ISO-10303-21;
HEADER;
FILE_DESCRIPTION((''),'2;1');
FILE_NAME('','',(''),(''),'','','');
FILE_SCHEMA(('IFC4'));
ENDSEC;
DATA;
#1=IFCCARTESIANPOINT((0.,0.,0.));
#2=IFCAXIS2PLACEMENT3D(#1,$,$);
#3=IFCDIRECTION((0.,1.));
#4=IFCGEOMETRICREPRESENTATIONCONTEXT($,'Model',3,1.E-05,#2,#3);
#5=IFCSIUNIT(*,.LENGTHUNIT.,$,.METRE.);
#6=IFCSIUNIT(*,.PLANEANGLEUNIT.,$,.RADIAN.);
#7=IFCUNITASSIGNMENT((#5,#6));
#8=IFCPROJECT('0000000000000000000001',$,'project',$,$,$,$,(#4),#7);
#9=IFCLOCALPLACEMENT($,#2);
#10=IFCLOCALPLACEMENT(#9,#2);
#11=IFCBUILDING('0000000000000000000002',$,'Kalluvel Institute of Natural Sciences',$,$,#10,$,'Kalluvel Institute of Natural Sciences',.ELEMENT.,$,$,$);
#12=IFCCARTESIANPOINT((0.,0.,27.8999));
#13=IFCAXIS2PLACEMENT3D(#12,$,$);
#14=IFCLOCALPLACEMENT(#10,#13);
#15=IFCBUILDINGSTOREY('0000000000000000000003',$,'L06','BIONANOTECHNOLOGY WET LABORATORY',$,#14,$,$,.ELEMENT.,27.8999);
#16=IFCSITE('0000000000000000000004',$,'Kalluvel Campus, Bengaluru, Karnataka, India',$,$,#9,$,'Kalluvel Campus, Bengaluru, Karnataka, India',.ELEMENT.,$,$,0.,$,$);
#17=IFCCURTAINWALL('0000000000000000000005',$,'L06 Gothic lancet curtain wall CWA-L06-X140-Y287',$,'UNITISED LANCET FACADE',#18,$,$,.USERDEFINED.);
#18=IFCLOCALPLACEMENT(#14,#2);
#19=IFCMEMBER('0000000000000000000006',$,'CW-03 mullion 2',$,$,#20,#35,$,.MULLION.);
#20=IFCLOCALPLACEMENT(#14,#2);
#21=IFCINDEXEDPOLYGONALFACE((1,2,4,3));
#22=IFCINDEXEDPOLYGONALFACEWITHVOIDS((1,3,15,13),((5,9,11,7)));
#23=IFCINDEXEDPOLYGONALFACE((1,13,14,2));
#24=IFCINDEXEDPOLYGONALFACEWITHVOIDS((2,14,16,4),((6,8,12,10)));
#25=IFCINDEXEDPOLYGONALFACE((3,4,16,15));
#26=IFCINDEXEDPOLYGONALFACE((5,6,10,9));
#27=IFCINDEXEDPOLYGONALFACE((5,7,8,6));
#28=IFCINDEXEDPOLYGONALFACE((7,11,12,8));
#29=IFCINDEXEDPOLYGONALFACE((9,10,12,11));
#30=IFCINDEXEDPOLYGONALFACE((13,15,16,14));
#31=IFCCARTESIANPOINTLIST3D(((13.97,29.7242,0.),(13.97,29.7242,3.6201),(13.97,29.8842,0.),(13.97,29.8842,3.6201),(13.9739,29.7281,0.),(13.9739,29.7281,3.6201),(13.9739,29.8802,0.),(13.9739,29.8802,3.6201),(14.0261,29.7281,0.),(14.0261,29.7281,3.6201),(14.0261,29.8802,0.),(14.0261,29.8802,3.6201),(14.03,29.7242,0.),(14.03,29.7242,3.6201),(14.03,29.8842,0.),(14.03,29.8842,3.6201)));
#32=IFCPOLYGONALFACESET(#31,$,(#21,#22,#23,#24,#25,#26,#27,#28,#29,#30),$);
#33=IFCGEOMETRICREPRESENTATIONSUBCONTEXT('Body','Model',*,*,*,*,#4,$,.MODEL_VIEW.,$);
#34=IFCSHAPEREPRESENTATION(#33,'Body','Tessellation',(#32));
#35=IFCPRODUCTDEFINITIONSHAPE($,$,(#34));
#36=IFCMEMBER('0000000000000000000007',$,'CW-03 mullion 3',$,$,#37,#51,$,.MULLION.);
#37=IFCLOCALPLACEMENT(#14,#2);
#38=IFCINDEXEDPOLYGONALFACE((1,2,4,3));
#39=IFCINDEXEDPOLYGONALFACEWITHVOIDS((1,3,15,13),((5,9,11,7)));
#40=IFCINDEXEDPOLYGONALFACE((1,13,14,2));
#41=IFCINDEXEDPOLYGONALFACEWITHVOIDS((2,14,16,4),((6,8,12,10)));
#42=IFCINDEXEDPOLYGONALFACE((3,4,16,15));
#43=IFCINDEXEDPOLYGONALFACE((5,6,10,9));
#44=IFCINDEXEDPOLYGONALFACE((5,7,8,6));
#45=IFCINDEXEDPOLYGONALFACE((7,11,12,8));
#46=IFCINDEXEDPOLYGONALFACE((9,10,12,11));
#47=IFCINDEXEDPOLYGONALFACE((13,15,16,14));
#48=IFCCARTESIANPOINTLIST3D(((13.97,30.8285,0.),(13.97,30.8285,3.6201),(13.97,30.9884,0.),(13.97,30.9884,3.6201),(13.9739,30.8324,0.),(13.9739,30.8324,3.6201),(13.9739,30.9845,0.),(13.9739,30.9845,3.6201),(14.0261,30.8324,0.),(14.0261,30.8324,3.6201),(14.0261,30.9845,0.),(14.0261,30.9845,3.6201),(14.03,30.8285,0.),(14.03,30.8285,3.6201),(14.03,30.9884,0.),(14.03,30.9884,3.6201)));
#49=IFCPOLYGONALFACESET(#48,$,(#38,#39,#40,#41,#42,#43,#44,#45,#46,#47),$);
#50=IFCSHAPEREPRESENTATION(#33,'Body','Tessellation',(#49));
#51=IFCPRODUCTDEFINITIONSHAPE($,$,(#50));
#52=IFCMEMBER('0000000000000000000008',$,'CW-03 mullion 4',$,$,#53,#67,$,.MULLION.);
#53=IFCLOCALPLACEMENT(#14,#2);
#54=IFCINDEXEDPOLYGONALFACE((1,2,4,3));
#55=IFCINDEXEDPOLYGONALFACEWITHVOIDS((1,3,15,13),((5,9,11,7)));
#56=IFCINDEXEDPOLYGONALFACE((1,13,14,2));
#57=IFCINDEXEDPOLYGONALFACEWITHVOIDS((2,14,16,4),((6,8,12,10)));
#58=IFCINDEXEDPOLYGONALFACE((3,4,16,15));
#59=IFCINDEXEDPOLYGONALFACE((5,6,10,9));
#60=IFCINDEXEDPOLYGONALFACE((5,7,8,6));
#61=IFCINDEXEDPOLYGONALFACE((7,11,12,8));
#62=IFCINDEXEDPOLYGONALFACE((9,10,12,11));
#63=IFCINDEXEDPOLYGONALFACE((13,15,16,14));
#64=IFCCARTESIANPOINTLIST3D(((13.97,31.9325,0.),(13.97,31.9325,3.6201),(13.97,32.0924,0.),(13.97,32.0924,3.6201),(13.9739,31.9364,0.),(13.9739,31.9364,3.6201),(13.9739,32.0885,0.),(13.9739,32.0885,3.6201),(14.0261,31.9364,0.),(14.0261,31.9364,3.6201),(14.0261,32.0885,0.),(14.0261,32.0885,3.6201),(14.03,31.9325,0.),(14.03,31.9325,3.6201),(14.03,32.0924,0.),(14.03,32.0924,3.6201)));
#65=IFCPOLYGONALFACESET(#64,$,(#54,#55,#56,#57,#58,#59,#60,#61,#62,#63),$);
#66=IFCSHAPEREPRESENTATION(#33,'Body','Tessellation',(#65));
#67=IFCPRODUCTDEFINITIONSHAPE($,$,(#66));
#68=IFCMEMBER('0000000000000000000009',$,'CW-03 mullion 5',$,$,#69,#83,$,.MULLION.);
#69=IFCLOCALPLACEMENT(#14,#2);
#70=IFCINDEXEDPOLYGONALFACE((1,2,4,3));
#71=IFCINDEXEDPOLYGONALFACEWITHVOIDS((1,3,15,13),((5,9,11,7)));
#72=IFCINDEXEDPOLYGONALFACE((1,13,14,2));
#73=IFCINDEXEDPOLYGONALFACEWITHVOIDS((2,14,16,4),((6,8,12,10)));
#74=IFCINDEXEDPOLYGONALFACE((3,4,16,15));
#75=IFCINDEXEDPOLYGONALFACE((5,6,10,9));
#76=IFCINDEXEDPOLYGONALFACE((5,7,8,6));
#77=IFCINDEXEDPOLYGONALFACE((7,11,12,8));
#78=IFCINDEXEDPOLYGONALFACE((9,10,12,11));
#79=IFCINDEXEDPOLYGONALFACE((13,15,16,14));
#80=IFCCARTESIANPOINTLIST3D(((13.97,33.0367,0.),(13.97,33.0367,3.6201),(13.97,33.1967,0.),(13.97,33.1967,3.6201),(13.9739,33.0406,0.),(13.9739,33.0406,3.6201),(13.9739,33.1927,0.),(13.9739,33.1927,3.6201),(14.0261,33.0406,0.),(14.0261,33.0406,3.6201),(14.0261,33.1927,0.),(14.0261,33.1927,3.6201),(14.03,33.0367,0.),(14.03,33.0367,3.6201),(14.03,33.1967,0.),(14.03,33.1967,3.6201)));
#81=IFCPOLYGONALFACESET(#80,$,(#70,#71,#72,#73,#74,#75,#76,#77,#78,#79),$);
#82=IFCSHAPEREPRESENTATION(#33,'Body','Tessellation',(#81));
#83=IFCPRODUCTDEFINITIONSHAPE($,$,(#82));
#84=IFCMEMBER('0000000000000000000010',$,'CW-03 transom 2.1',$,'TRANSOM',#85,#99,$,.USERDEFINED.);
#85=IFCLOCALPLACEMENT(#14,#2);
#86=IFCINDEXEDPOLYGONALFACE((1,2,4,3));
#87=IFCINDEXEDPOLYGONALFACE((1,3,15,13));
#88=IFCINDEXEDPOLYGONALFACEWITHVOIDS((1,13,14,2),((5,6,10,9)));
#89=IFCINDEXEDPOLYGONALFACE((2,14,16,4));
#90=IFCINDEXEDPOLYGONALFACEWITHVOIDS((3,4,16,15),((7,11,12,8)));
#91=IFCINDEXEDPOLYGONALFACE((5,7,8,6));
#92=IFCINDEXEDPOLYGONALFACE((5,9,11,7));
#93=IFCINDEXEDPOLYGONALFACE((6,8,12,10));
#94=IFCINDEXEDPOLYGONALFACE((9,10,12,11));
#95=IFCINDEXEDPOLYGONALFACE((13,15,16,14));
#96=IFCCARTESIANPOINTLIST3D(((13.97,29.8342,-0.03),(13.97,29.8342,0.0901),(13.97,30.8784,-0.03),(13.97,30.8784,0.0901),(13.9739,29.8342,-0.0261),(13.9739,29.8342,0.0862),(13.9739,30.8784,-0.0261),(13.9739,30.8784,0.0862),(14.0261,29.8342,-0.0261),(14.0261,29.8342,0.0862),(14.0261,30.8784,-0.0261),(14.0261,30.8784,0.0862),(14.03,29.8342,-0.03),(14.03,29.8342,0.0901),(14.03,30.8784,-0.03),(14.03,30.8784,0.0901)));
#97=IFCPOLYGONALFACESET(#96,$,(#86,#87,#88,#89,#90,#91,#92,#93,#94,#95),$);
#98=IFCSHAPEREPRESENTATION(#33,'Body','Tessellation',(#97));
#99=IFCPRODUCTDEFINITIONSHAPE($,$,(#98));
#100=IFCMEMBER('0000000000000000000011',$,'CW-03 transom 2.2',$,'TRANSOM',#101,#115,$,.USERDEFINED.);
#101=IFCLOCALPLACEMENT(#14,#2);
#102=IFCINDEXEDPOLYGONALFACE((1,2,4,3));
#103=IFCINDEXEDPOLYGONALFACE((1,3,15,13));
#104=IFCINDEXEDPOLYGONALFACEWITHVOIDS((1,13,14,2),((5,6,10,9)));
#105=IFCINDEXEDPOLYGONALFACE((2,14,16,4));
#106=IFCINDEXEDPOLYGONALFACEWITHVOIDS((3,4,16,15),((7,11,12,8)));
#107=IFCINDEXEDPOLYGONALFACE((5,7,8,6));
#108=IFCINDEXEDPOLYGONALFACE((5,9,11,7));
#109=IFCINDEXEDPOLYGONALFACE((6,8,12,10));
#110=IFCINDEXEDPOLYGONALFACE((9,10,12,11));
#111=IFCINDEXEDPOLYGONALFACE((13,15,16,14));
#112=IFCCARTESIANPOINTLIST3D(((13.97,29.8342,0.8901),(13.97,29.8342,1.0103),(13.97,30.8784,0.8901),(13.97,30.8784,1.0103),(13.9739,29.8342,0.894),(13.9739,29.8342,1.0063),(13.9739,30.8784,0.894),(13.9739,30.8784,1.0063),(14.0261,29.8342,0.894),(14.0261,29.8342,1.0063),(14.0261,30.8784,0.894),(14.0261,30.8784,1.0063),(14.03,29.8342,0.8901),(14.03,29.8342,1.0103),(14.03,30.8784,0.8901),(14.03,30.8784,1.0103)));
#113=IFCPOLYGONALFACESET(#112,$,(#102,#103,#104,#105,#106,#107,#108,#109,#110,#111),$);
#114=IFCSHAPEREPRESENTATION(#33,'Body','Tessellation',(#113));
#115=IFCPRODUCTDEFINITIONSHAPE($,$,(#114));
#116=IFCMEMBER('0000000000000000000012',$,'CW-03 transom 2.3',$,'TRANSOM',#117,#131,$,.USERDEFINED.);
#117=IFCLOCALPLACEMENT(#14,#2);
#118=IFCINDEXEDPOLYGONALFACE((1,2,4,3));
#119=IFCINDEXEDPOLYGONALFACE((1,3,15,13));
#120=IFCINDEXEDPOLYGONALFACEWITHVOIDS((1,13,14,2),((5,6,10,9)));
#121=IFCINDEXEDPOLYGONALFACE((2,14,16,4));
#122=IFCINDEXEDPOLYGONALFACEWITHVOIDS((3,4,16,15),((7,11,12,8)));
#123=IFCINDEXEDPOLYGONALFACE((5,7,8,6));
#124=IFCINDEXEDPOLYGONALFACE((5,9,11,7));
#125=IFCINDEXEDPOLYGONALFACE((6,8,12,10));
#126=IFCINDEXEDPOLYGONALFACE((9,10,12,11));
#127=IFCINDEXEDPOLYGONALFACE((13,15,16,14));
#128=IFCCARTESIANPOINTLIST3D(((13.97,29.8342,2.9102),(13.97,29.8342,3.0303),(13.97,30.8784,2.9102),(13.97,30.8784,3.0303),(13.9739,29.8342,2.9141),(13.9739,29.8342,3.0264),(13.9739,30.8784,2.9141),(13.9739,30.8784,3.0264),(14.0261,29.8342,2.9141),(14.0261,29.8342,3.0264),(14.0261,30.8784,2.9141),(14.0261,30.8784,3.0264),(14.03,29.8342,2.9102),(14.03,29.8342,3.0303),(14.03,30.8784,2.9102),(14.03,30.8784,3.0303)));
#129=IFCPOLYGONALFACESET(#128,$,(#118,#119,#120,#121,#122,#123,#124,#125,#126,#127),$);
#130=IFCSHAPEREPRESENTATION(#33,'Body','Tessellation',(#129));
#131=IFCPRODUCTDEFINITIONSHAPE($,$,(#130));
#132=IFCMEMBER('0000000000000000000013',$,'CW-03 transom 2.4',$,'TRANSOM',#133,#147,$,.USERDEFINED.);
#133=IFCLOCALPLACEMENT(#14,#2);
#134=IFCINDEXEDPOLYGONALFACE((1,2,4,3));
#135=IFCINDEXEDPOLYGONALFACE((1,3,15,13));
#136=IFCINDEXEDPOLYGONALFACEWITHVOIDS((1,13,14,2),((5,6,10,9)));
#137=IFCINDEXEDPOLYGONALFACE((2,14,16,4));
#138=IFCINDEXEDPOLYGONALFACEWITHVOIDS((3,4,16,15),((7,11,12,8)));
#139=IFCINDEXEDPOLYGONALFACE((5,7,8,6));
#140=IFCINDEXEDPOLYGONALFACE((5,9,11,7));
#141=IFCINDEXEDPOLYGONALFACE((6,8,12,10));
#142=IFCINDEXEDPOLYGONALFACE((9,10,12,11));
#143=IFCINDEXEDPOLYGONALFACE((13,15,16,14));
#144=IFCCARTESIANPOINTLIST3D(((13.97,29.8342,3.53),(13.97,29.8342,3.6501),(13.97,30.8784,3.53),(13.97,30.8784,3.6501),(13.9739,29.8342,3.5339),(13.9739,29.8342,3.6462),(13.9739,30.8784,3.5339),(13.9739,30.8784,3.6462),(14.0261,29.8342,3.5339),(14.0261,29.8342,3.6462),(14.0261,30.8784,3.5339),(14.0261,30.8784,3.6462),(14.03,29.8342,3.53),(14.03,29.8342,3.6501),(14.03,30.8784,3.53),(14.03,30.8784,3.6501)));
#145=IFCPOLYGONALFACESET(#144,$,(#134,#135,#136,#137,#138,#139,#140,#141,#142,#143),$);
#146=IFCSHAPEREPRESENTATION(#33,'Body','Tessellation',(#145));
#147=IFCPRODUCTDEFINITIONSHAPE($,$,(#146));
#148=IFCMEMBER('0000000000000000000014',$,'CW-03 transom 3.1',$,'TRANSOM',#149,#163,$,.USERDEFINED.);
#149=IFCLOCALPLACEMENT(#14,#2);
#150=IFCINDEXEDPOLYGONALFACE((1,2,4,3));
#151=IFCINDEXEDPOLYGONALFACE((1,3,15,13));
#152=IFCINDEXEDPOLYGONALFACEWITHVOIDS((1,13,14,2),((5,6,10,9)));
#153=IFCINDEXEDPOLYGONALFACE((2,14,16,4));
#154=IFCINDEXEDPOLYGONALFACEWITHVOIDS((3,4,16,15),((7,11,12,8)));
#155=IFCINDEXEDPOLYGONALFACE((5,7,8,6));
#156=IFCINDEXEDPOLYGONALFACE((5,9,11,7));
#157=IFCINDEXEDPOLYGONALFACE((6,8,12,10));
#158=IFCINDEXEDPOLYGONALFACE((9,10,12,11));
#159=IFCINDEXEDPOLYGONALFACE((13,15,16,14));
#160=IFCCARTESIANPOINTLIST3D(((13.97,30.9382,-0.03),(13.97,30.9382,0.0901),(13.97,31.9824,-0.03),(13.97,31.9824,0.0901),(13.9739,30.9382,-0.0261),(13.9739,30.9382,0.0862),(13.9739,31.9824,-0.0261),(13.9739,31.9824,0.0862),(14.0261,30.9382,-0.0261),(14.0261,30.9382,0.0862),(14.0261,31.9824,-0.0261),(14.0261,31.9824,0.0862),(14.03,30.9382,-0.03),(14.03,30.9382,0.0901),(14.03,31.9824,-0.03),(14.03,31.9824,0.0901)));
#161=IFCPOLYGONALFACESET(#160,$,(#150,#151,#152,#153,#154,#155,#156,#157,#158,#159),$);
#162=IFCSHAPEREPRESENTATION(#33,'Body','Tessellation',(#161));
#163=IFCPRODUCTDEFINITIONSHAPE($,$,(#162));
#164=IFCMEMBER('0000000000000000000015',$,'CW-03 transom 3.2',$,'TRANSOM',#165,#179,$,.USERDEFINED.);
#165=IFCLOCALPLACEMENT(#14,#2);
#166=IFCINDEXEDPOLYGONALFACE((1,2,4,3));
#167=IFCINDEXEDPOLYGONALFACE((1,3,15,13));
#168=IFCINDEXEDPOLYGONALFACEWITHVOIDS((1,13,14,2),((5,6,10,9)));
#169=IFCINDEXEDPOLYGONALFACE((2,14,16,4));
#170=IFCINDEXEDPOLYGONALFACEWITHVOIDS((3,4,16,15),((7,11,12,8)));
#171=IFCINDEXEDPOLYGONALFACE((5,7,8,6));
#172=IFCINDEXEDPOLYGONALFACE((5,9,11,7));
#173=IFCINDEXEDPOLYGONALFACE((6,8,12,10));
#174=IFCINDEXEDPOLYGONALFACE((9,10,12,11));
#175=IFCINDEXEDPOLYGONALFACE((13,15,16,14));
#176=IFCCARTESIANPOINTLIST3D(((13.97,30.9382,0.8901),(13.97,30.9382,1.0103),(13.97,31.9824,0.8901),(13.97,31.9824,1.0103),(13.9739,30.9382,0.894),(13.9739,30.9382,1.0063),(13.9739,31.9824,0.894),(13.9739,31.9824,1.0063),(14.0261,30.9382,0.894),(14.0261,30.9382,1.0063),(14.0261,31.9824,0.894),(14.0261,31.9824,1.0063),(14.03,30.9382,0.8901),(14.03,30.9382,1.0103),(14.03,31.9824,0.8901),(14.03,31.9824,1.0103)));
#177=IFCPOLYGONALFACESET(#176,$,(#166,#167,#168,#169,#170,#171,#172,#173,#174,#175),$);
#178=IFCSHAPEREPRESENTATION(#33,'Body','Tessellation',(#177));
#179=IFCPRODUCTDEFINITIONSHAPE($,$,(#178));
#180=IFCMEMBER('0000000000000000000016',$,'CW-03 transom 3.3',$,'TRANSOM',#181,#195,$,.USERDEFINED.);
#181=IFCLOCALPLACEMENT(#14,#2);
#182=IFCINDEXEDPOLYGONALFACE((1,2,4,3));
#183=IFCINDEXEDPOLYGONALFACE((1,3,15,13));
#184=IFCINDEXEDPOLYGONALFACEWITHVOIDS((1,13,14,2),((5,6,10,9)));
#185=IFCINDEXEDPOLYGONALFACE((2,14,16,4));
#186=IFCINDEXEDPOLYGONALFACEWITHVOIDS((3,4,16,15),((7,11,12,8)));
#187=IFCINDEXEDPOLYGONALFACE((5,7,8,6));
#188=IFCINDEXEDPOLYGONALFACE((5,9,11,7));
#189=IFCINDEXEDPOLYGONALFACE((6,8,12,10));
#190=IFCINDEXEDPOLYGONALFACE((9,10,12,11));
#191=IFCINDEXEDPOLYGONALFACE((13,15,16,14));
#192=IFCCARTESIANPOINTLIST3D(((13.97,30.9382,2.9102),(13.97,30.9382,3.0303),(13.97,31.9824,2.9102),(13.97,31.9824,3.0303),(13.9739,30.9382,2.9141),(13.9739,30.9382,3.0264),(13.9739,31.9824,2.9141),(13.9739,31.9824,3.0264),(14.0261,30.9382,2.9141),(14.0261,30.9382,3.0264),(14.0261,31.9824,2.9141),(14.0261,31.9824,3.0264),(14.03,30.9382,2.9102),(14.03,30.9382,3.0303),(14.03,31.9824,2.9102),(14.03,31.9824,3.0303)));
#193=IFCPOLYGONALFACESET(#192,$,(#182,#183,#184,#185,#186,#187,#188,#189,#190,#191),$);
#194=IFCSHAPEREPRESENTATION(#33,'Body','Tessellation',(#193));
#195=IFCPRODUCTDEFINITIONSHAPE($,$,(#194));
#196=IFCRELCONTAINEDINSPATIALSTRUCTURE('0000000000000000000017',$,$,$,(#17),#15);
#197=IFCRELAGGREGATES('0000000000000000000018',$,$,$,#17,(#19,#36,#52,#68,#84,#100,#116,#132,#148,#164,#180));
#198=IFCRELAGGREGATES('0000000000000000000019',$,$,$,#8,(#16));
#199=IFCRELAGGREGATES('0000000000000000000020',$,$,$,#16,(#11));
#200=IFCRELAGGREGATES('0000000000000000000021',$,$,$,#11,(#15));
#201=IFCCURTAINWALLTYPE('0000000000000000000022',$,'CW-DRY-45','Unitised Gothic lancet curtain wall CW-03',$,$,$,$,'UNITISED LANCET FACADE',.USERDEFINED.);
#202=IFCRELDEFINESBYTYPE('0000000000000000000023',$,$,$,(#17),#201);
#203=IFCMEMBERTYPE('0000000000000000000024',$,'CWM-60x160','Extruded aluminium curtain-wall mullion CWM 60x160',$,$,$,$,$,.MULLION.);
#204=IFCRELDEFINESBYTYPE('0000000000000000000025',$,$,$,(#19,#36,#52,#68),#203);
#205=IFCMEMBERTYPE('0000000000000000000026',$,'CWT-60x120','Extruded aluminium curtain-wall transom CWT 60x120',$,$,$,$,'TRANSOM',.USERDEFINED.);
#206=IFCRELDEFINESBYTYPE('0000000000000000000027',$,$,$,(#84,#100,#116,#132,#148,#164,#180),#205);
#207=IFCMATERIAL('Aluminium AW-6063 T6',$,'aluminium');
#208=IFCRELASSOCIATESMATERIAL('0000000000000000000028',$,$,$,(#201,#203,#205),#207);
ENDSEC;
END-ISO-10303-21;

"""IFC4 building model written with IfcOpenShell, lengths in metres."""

from ifc_helpers import new_model, si_unit, direction, frame, origin, origin_2d, place, context, subcontext, project, spatial, hollow_rectangle, extrude, material, material_profile, profile_set, type_object, element, aggregate, save


model = new_model("IFC4")

# Units and contexts
model_context = context("Model", 3, precision=1e-05, world=origin(), true_north=direction((0.0, 1.0)))
body_context = subcontext(model_context, "Body", "Model", "MODEL_VIEW")
ifc_project = project(units=[si_unit("LENGTHUNIT", "METRE"), si_unit("PLANEANGLEUNIT", "RADIAN")], contexts=[model_context])

# Site, building, storey
site_placement = place(None, origin())
site = spatial("IfcSite", under=ifc_project, at=site_placement, Name="Kalluvel Campus, Bengaluru, Karnataka, India", LongName="Kalluvel Campus, Bengaluru, Karnataka, India", CompositionType="ELEMENT", RefElevation=0.0)
building_placement = place(site_placement, origin())
building = spatial("IfcBuilding", under=site, at=building_placement, Name="Kalluvel Institute of Natural Sciences", LongName="Kalluvel Institute of Natural Sciences", CompositionType="ELEMENT")
storey_placement = place(building_placement, frame((0.0, 0.0, 27.8999)))
storey = spatial("IfcBuildingStorey", under=building, at=storey_placement, Name="L06", Description="BIONANOTECHNOLOGY WET LABORATORY", CompositionType="ELEMENT", Elevation=27.8999)

# Curtain wall, members
ifc_material_1 = material(Name="Aluminium AW-6063 T6", Category="aluminium")
curtain_wall_type = type_object("IfcCurtainWallType", Name="CW-DRY-45", Description="Unitised Gothic lancet curtain wall CW-03", ElementType="UNITISED LANCET FACADE", PredefinedType="USERDEFINED", material=ifc_material_1)
curtain_wall_placement = place(storey_placement, origin())
curtain_wall = element("IfcCurtainWall", 1, at=curtain_wall_placement, inside=storey, type_object=curtain_wall_type, Name="L06 Gothic lancet curtain wall CWA-L06-X140-Y287", ObjectType="UNITISED LANCET FACADE", PredefinedType="USERDEFINED")
ifc_material_profile_1 = material_profile(ifc_material_1, hollow_rectangle(XDim=0.0601, YDim=0.1599, WallThickness=0.0039, at=origin_2d()), Name="CWM 60x160")
ifc_profile_set_1 = profile_set([ifc_material_profile_1], Name="Aluminium AW-6063 T6")
member_type_1 = type_object("IfcMemberType", Name="CWM-60x160", Description="Extruded aluminium curtain-wall mullion CWM 60x160", PredefinedType="MULLION", material=ifc_profile_set_1)
member_1_placement = place(storey_placement, frame((14.0, 29.8042, 0.0), z_axis=(0.0, 0.0, 1.0), x_axis=(-1.0, 0.0, 0.0)))
member_1 = element("IfcMember", 2, at=member_1_placement, type_object=member_type_1, Name="CW-03 mullion 2", PredefinedType="MULLION", context=body_context, shape_type="SweptSolid", body=[
    extrude(hollow_rectangle(XDim=0.0601, YDim=0.1599, WallThickness=0.0039, at=origin_2d()), origin(), (0.0, 0.0, 1.0), 3.6201),
])
member_2_placement = place(storey_placement, frame((14.0, 30.9084, 0.0), z_axis=(0.0, 0.0, 1.0), x_axis=(-1.0, 0.0, 0.0)))
member_2 = element("IfcMember", 3, at=member_2_placement, type_object=member_type_1, Name="CW-03 mullion 3", PredefinedType="MULLION", context=body_context, shape_type="SweptSolid", body=[
    extrude(hollow_rectangle(XDim=0.0601, YDim=0.1599, WallThickness=0.0039, at=origin_2d()), origin(), (0.0, 0.0, 1.0), 3.6201),
])
member_3_placement = place(storey_placement, frame((14.0, 32.0125, 0.0), z_axis=(0.0, 0.0, 1.0), x_axis=(-1.0, 0.0, 0.0)))
member_3 = element("IfcMember", 4, at=member_3_placement, type_object=member_type_1, Name="CW-03 mullion 4", PredefinedType="MULLION", context=body_context, shape_type="SweptSolid", body=[
    extrude(hollow_rectangle(XDim=0.0601, YDim=0.1599, WallThickness=0.0039, at=origin_2d()), origin(), (0.0, 0.0, 1.0), 3.6201),
])
member_4_placement = place(storey_placement, frame((14.0, 33.1167, 0.0), z_axis=(0.0, 0.0, 1.0), x_axis=(-1.0, 0.0, 0.0)))
member_4 = element("IfcMember", 5, at=member_4_placement, type_object=member_type_1, Name="CW-03 mullion 5", PredefinedType="MULLION", context=body_context, shape_type="SweptSolid", body=[
    extrude(hollow_rectangle(XDim=0.0601, YDim=0.1599, WallThickness=0.0039, at=origin_2d()), origin(), (0.0, 0.0, 1.0), 3.6201),
])
ifc_material_profile_2 = material_profile(ifc_material_1, hollow_rectangle(XDim=0.0601, YDim=0.1201, WallThickness=0.0039, at=origin_2d()), Name="CWT 60x120")
ifc_profile_set_2 = profile_set([ifc_material_profile_2], Name="Aluminium AW-6063 T6")
member_type_2 = type_object("IfcMemberType", Name="CWT-60x120", Description="Extruded aluminium curtain-wall transom CWT 60x120", ElementType="TRANSOM", PredefinedType="USERDEFINED", material=ifc_profile_set_2)
member_5_placement = place(storey_placement, frame((14.0, 29.8342, 0.03), z_axis=(0.0, 1.0, 0.0), x_axis=(-1.0, 0.0, 0.0)))
member_5 = element("IfcMember", 6, at=member_5_placement, type_object=member_type_2, Name="CW-03 transom 2.1", ObjectType="TRANSOM", PredefinedType="USERDEFINED", context=body_context, shape_type="SweptSolid", body=[
    extrude(hollow_rectangle(XDim=0.0601, YDim=0.1201, WallThickness=0.0039, at=origin_2d()), origin(), (0.0, 0.0, 1.0), 1.0442),
])
member_6_placement = place(storey_placement, frame((14.0, 29.8342, 0.9502), z_axis=(0.0, 1.0, 0.0), x_axis=(-1.0, 0.0, 0.0)))
member_6 = element("IfcMember", 7, at=member_6_placement, type_object=member_type_2, Name="CW-03 transom 2.2", ObjectType="TRANSOM", PredefinedType="USERDEFINED", context=body_context, shape_type="SweptSolid", body=[
    extrude(hollow_rectangle(XDim=0.0601, YDim=0.1201, WallThickness=0.0039, at=origin_2d()), origin(), (0.0, 0.0, 1.0), 1.0442),
])
member_7_placement = place(storey_placement, frame((14.0, 29.8342, 2.9702), z_axis=(0.0, 1.0, 0.0), x_axis=(-1.0, 0.0, 0.0)))
member_7 = element("IfcMember", 8, at=member_7_placement, type_object=member_type_2, Name="CW-03 transom 2.3", ObjectType="TRANSOM", PredefinedType="USERDEFINED", context=body_context, shape_type="SweptSolid", body=[
    extrude(hollow_rectangle(XDim=0.0601, YDim=0.1201, WallThickness=0.0039, at=origin_2d()), origin(), (0.0, 0.0, 1.0), 1.0442),
])
member_8_placement = place(storey_placement, frame((14.0, 29.8342, 3.5901), z_axis=(0.0, 1.0, 0.0), x_axis=(-1.0, 0.0, 0.0)))
member_8 = element("IfcMember", 9, at=member_8_placement, type_object=member_type_2, Name="CW-03 transom 2.4", ObjectType="TRANSOM", PredefinedType="USERDEFINED", context=body_context, shape_type="SweptSolid", body=[
    extrude(hollow_rectangle(XDim=0.0601, YDim=0.1201, WallThickness=0.0039, at=origin_2d()), origin(), (0.0, 0.0, 1.0), 1.0442),
])
member_9_placement = place(storey_placement, frame((14.0, 30.9382, 0.03), z_axis=(0.0, 1.0, 0.0), x_axis=(-1.0, 0.0, 0.0)))
member_9 = element("IfcMember", 10, at=member_9_placement, type_object=member_type_2, Name="CW-03 transom 3.1", ObjectType="TRANSOM", PredefinedType="USERDEFINED", context=body_context, shape_type="SweptSolid", body=[
    extrude(hollow_rectangle(XDim=0.0601, YDim=0.1201, WallThickness=0.0039, at=origin_2d()), origin(), (0.0, 0.0, 1.0), 1.0442),
])
member_10_placement = place(storey_placement, frame((14.0, 30.9382, 0.9502), z_axis=(0.0, 1.0, 0.0), x_axis=(-1.0, 0.0, 0.0)))
member_10 = element("IfcMember", 11, at=member_10_placement, type_object=member_type_2, Name="CW-03 transom 3.2", ObjectType="TRANSOM", PredefinedType="USERDEFINED", context=body_context, shape_type="SweptSolid", body=[
    extrude(hollow_rectangle(XDim=0.0601, YDim=0.1201, WallThickness=0.0039, at=origin_2d()), origin(), (0.0, 0.0, 1.0), 1.0442),
])
member_11_placement = place(storey_placement, frame((14.0, 30.9382, 2.9702), z_axis=(0.0, 1.0, 0.0), x_axis=(-1.0, 0.0, 0.0)))
member_11 = element("IfcMember", 12, at=member_11_placement, type_object=member_type_2, Name="CW-03 transom 3.3", ObjectType="TRANSOM", PredefinedType="USERDEFINED", context=body_context, shape_type="SweptSolid", body=[
    extrude(hollow_rectangle(XDim=0.0601, YDim=0.1201, WallThickness=0.0039, at=origin_2d()), origin(), (0.0, 0.0, 1.0), 1.0442),
])

aggregate(curtain_wall, [member_1, member_2, member_3, member_4, member_5, member_6, member_7, member_8, member_9, member_10, member_11])

save(model, "model.ifc")
